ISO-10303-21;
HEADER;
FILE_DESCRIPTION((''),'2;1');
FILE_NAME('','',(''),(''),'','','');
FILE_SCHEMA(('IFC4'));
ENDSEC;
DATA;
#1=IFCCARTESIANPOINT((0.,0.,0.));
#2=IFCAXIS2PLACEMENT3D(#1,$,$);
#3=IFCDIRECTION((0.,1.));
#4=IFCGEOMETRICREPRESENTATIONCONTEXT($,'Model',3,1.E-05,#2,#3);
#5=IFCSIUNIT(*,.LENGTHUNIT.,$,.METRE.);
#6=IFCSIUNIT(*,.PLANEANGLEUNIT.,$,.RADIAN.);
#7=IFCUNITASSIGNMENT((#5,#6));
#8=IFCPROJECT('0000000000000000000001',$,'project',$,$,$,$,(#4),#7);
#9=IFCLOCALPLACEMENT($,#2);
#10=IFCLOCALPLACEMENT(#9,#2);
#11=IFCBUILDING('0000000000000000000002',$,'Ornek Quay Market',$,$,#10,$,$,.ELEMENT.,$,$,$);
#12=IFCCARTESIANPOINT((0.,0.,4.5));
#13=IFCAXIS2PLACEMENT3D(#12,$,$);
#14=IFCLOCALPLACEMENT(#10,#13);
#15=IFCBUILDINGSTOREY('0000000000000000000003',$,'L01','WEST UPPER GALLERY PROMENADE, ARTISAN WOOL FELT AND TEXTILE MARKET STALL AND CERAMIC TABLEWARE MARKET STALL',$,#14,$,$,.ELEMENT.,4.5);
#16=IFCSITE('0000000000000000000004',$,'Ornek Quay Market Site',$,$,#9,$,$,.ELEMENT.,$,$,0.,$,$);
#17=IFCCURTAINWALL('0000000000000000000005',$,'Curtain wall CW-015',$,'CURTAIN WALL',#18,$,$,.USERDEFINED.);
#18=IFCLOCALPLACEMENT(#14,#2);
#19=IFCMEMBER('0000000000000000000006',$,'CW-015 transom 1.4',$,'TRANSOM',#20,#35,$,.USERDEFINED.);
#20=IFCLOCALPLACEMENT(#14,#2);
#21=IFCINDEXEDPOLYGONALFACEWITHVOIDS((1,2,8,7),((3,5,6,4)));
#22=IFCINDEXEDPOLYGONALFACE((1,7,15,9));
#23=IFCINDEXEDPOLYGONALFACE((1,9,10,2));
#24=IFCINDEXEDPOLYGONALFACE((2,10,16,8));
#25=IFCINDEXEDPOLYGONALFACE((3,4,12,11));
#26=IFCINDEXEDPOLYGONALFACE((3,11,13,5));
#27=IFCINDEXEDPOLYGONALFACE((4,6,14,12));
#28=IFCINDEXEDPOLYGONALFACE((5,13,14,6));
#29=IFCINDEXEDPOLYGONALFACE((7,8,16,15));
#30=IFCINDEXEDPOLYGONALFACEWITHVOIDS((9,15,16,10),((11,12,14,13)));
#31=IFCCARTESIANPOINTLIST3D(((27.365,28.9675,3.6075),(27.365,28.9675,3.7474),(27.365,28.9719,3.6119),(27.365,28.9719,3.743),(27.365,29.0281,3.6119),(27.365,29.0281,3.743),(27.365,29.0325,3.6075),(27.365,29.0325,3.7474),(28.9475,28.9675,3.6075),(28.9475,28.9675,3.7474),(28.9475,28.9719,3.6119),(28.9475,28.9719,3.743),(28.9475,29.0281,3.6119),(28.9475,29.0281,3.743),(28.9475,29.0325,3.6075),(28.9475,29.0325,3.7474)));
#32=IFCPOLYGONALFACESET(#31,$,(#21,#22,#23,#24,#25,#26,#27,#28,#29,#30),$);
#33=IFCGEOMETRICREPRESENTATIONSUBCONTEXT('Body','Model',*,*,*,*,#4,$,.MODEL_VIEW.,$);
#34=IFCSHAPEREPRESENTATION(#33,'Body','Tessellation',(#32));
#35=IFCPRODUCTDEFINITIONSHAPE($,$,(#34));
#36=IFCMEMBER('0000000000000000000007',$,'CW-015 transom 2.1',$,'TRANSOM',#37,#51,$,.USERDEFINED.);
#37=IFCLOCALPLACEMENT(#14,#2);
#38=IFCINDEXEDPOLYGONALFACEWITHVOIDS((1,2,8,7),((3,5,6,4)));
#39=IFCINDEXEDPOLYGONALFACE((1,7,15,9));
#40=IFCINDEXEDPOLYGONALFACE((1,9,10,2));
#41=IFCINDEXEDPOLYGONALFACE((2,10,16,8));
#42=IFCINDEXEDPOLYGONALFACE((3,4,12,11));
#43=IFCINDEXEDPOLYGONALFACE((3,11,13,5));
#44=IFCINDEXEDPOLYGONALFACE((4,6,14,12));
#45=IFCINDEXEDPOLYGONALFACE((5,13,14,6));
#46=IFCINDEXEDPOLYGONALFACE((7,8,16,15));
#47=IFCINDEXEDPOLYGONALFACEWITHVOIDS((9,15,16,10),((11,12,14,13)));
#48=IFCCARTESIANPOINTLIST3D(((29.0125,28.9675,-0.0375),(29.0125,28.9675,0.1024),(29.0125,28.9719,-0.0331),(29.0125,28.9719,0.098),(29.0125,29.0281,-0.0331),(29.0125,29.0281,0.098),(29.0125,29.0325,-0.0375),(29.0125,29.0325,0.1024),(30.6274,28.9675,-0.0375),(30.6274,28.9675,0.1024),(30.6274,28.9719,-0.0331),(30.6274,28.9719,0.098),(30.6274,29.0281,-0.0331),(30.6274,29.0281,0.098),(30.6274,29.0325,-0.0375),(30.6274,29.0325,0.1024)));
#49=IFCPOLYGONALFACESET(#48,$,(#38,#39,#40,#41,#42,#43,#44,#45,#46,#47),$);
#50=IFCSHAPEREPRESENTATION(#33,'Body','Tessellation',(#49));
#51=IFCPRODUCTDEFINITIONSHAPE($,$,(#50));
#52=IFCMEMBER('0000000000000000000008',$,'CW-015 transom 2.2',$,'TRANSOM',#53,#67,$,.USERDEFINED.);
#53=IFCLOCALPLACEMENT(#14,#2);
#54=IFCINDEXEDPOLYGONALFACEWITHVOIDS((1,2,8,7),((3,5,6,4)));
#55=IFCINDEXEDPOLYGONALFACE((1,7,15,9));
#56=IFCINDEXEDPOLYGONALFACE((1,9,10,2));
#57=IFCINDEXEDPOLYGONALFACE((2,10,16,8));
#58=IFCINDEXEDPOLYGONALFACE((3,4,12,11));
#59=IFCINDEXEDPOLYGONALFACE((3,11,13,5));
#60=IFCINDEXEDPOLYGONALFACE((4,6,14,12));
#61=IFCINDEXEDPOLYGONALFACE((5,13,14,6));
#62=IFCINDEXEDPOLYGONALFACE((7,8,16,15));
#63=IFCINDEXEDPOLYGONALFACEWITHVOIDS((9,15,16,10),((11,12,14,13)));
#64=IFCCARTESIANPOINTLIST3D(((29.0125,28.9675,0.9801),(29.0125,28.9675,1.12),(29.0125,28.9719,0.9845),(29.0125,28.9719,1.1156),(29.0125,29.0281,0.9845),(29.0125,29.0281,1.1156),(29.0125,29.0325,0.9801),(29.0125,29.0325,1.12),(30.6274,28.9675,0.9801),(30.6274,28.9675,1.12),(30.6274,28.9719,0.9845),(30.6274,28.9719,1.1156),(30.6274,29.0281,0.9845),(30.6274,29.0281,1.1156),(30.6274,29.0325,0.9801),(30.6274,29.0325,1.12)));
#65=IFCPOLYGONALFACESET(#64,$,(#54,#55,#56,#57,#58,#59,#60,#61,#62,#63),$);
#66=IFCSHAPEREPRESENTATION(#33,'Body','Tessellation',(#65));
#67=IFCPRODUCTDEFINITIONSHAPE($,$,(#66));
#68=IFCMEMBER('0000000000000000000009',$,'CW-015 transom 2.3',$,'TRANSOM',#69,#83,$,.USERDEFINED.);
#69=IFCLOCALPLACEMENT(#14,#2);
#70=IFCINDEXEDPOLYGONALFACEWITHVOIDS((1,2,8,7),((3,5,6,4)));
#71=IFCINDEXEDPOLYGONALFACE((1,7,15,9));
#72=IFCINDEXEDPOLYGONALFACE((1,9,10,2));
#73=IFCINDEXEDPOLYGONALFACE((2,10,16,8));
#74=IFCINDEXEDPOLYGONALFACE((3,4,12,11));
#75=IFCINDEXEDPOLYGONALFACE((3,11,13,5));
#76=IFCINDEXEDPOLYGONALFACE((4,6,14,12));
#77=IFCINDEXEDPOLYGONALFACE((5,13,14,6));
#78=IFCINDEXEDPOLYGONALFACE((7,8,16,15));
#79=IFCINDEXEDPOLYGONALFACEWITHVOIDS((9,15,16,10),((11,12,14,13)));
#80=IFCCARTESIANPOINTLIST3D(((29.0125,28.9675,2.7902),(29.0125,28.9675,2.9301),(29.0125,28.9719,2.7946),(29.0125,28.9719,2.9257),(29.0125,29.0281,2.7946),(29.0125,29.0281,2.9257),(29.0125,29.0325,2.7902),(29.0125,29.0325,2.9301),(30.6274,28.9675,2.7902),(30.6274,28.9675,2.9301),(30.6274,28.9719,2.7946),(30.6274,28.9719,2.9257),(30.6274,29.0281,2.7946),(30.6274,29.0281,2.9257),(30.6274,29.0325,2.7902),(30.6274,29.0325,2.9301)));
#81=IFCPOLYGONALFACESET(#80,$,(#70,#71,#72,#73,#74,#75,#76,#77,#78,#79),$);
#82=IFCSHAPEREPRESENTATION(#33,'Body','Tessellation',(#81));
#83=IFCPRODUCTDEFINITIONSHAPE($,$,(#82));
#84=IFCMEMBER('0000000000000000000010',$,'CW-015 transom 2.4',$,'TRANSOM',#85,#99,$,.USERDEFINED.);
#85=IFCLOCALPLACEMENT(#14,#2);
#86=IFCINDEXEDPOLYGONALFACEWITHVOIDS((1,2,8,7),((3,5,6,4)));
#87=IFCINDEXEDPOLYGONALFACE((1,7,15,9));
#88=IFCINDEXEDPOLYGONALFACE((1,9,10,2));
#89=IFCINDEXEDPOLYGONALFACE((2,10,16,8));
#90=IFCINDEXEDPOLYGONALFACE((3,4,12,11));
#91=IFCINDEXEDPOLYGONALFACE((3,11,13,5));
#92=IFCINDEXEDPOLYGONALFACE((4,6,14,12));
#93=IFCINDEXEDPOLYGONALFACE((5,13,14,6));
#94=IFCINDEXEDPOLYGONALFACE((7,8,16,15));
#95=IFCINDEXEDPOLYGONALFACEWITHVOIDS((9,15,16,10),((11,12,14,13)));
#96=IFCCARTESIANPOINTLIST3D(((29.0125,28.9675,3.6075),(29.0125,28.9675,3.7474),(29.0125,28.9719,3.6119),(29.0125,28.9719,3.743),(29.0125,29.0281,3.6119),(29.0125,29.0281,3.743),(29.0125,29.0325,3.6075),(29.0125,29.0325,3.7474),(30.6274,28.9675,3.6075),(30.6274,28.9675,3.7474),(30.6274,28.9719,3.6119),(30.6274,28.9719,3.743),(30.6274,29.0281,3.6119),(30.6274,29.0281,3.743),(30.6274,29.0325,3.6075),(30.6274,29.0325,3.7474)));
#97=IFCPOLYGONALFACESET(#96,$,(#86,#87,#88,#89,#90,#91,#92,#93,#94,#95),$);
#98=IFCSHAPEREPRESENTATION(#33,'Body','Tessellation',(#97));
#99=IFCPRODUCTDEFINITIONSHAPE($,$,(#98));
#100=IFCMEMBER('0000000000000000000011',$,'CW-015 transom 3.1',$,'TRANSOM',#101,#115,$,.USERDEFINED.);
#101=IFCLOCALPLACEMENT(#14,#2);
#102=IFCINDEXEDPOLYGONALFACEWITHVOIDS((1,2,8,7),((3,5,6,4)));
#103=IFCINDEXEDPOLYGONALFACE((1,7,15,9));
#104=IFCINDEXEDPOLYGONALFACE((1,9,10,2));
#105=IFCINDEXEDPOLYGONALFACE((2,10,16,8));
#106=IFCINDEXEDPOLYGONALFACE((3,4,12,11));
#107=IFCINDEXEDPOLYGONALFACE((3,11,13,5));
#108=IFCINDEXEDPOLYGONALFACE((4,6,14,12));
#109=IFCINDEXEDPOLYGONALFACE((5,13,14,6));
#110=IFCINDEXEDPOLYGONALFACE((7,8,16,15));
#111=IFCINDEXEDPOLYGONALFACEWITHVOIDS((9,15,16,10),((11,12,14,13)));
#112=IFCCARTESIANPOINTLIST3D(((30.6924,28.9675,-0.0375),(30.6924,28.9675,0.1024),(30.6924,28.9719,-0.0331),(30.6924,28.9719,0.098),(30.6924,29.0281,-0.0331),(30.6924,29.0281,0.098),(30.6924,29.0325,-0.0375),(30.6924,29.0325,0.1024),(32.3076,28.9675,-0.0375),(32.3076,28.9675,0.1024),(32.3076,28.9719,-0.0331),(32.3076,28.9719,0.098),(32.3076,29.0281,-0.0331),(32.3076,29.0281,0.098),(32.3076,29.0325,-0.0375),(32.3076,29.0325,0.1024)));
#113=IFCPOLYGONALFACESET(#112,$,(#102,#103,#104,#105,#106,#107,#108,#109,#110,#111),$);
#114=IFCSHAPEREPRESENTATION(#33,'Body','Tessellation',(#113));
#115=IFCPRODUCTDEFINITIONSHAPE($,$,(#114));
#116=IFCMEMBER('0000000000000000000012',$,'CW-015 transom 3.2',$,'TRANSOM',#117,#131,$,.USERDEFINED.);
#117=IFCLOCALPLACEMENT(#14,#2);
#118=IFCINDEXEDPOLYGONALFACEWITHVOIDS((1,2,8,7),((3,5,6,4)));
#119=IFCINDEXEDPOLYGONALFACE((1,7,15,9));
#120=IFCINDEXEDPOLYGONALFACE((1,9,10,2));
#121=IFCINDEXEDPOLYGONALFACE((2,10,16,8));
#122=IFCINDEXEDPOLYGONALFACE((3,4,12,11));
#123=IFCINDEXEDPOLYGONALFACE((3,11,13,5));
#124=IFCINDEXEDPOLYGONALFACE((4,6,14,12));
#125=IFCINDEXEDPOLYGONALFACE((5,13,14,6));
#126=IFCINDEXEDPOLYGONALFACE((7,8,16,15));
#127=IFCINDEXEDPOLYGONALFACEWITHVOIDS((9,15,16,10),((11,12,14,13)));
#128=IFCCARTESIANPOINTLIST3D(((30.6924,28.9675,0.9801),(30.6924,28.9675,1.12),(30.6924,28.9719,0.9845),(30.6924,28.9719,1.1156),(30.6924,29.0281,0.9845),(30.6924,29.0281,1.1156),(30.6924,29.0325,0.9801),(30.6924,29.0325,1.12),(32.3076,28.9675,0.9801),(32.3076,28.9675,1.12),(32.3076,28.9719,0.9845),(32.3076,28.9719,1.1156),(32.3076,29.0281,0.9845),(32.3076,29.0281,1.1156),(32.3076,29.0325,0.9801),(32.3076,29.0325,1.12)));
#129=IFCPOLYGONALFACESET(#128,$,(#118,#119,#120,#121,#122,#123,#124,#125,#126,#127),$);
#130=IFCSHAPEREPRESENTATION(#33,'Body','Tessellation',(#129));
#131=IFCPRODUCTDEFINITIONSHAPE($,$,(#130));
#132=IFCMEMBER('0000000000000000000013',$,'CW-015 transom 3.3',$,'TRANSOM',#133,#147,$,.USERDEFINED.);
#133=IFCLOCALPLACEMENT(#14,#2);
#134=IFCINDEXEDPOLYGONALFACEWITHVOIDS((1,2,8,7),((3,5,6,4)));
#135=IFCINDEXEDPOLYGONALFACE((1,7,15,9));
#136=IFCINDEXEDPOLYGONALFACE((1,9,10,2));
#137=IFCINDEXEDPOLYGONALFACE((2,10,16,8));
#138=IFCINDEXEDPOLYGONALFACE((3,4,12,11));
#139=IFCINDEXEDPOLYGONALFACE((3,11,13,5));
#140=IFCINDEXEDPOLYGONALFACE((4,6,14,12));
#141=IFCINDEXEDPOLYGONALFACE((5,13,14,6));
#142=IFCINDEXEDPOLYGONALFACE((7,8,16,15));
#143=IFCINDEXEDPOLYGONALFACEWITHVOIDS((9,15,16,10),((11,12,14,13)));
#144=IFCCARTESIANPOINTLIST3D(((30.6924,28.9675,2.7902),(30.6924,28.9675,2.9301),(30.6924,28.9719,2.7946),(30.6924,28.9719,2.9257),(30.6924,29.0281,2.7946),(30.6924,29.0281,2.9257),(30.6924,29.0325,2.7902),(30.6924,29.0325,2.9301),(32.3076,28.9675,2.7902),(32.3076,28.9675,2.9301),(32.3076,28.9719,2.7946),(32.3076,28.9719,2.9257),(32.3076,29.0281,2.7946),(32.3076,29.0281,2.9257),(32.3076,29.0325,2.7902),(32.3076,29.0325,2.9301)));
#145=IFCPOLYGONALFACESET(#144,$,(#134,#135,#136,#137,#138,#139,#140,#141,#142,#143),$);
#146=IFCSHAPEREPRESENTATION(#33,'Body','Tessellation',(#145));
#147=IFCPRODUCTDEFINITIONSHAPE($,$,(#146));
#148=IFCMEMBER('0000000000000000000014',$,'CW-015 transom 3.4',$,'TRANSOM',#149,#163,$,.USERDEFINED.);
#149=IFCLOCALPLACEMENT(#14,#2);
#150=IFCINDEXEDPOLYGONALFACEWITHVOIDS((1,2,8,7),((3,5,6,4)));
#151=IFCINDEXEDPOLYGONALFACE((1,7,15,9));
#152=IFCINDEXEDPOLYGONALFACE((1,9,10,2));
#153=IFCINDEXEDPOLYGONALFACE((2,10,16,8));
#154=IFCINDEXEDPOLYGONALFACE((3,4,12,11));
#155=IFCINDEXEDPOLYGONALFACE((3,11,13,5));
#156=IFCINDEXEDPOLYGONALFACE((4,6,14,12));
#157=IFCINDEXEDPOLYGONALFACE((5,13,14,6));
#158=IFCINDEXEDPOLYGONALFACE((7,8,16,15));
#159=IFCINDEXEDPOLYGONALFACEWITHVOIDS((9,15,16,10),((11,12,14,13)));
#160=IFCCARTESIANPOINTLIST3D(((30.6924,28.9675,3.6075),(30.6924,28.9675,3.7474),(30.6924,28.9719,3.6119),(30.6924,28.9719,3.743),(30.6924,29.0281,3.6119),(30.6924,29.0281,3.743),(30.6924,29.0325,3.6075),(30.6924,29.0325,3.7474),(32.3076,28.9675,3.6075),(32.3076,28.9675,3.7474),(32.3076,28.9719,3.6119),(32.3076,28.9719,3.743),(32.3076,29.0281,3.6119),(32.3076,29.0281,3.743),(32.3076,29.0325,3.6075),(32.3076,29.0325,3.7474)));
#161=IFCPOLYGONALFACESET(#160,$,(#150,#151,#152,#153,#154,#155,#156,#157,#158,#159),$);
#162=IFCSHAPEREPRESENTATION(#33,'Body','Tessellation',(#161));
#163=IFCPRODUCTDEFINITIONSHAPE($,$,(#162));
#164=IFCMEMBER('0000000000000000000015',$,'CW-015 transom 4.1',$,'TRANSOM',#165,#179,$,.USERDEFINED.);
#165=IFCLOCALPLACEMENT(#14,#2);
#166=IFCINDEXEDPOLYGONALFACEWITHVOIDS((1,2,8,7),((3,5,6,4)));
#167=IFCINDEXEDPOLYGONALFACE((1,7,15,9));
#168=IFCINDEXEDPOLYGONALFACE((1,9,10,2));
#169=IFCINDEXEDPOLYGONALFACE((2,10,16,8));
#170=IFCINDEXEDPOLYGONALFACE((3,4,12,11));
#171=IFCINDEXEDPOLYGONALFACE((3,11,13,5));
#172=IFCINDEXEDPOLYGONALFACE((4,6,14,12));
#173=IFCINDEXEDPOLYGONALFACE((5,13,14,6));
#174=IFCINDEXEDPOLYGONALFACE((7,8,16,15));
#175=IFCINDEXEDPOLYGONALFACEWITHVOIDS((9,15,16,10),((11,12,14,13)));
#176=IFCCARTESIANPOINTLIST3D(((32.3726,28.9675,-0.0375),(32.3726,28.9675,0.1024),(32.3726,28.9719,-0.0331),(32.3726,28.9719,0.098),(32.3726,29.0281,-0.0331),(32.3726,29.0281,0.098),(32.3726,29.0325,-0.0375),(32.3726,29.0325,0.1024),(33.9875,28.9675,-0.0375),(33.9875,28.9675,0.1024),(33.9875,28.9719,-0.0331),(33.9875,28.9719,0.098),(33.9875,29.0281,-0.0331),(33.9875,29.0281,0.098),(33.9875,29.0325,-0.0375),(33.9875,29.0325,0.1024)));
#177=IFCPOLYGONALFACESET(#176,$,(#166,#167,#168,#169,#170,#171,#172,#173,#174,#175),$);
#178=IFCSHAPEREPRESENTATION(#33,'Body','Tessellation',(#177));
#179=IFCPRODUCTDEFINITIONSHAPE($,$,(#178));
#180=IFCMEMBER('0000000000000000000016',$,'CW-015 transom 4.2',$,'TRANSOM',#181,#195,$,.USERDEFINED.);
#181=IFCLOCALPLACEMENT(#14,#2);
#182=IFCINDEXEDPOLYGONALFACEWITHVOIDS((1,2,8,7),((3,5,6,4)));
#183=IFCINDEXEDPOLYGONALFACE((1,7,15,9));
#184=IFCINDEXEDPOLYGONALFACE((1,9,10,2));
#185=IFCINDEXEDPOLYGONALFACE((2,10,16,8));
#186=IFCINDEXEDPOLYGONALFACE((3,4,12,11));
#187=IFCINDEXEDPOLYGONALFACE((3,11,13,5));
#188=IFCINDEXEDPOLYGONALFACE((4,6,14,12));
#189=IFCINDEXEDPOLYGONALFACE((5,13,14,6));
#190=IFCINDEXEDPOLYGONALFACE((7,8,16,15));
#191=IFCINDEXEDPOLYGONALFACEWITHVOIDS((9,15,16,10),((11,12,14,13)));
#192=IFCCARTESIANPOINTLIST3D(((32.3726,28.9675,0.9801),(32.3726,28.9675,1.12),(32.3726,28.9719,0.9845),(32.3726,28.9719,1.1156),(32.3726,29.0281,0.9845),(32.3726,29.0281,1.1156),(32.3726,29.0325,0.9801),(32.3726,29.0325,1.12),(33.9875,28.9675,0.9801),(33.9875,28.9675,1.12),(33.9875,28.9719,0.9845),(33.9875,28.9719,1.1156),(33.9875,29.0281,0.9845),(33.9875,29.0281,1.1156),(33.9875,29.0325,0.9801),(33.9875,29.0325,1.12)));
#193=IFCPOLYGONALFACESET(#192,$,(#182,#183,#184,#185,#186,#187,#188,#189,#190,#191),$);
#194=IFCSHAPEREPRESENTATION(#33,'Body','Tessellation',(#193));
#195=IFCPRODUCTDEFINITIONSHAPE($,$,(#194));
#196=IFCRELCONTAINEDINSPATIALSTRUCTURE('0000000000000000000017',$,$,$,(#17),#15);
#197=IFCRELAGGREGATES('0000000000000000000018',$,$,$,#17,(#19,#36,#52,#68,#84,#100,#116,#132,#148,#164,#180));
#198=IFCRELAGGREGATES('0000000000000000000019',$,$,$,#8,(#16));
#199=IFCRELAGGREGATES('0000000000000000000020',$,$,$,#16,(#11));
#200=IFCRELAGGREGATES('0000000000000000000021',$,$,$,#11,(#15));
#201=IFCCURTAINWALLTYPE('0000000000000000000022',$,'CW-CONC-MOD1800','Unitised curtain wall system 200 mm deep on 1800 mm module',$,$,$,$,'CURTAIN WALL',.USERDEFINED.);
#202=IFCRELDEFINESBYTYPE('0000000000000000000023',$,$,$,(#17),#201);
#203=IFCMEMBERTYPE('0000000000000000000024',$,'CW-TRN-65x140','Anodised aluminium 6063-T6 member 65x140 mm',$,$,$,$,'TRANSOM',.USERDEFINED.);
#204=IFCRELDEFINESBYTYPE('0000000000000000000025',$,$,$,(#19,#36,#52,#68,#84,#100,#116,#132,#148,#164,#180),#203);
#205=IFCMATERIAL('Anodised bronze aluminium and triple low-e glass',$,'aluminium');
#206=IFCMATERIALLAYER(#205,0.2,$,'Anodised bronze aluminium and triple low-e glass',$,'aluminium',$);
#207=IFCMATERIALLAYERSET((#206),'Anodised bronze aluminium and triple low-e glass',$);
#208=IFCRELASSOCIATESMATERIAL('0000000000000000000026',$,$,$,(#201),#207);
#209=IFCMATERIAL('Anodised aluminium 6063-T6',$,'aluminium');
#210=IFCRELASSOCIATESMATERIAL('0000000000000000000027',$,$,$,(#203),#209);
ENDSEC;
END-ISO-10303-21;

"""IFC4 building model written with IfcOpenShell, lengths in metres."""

from ifc_helpers import new_model, si_unit, direction, frame, origin, origin_2d, place, context, subcontext, project, spatial, hollow_rectangle, extrude, material, layer, layer_set, material_profile, profile_set, type_object, element, aggregate, save


model = new_model("IFC4")

# Units and contexts
model_context = context("Model", 3, precision=1e-05, world=origin(), true_north=direction((0.0, 1.0)))
body_context = subcontext(model_context, "Body", "Model", "MODEL_VIEW")
ifc_project = project(units=[si_unit("LENGTHUNIT", "METRE"), si_unit("PLANEANGLEUNIT", "RADIAN")], contexts=[model_context])

# Site, building, storey
site_placement = place(None, origin())
site = spatial("IfcSite", under=ifc_project, at=site_placement, Name="Ornek Quay Market Site", CompositionType="ELEMENT", RefElevation=0.0)
building_placement = place(site_placement, origin())
building = spatial("IfcBuilding", under=site, at=building_placement, Name="Ornek Quay Market", CompositionType="ELEMENT")
storey_placement = place(building_placement, frame((0.0, 0.0, 4.5)))
storey = spatial("IfcBuildingStorey", under=building, at=storey_placement, Name="L01", Description="WEST UPPER GALLERY PROMENADE, ARTISAN WOOL FELT AND TEXTILE MARKET STALL AND CERAMIC TABLEWARE MARKET STALL", CompositionType="ELEMENT", Elevation=4.5)

# Curtain wall
ifc_material_1 = material(Name="Anodised bronze aluminium and triple low-e glass", Category="aluminium")
ifc_layer_1 = layer(ifc_material_1, 0.2, Name="Anodised bronze aluminium and triple low-e glass", Category="aluminium")
ifc_layer_set_1 = layer_set([ifc_layer_1], Name="Anodised bronze aluminium and triple low-e glass")
curtain_wall_type_1 = type_object("IfcCurtainWallType", Name="CW-CONC-MOD1800", Description="Unitised curtain wall system 200 mm deep on 1800 mm module", ElementType="CURTAIN WALL", PredefinedType="USERDEFINED", material=ifc_layer_set_1)
curtain_wall_1_placement = place(storey_placement, origin())
curtain_wall_1 = element("IfcCurtainWall", 1, at=curtain_wall_1_placement, inside=storey, type_object=curtain_wall_type_1, Name="Curtain wall CW-015", ObjectType="CURTAIN WALL", PredefinedType="USERDEFINED")
ifc_material_2 = material(Name="Anodised aluminium 6063-T6", Category="aluminium")

# Members
ifc_material_profile_1 = material_profile(ifc_material_2, hollow_rectangle(XDim=0.0649, YDim=0.1399, WallThickness=0.0044, at=origin_2d()), Name="CW-TRN-65x140", Category="aluminium")
ifc_profile_set_1 = profile_set([ifc_material_profile_1], Name="Anodised aluminium 6063-T6")
member_type_1 = type_object("IfcMemberType", Name="CW-TRN-65x140", Description="Anodised aluminium 6063-T6 member 65x140 mm", ElementType="TRANSOM", PredefinedType="USERDEFINED", material=ifc_profile_set_1)
member_1_placement = place(storey_placement, frame((27.365, 29.0, 3.6775), z_axis=(1.0, 0.0, 0.0), x_axis=(0.0, 1.0, 0.0)))
member_1 = element("IfcMember", 2, at=member_1_placement, type_object=member_type_1, Name="CW-015 transom 1.4", ObjectType="TRANSOM", PredefinedType="USERDEFINED", context=body_context, shape_type="SweptSolid", body=[
    extrude(hollow_rectangle(XDim=0.0649, YDim=0.1399, WallThickness=0.0044, at=origin_2d()), origin(), (0.0, 0.0, 1.0), 1.5825),
])
member_2_placement = place(storey_placement, frame((29.0125, 29.0, 0.0325), z_axis=(1.0, 0.0, 0.0), x_axis=(0.0, 1.0, 0.0)))
member_2 = element("IfcMember", 3, at=member_2_placement, type_object=member_type_1, Name="CW-015 transom 2.1", ObjectType="TRANSOM", PredefinedType="USERDEFINED", context=body_context, shape_type="SweptSolid", body=[
    extrude(hollow_rectangle(XDim=0.0649, YDim=0.1399, WallThickness=0.0044, at=origin_2d()), origin(), (0.0, 0.0, 1.0), 1.615),
])
member_3_placement = place(storey_placement, frame((29.0125, 29.0, 1.05), z_axis=(1.0, 0.0, 0.0), x_axis=(0.0, 1.0, 0.0)))
member_3 = element("IfcMember", 4, at=member_3_placement, type_object=member_type_1, Name="CW-015 transom 2.2", ObjectType="TRANSOM", PredefinedType="USERDEFINED", context=body_context, shape_type="SweptSolid", body=[
    extrude(hollow_rectangle(XDim=0.0649, YDim=0.1399, WallThickness=0.0044, at=origin_2d()), origin(), (0.0, 0.0, 1.0), 1.615),
])
member_4_placement = place(storey_placement, frame((29.0125, 29.0, 2.8601), z_axis=(1.0, 0.0, 0.0), x_axis=(0.0, 1.0, 0.0)))
member_4 = element("IfcMember", 5, at=member_4_placement, type_object=member_type_1, Name="CW-015 transom 2.3", ObjectType="TRANSOM", PredefinedType="USERDEFINED", context=body_context, shape_type="SweptSolid", body=[
    extrude(hollow_rectangle(XDim=0.0649, YDim=0.1399, WallThickness=0.0044, at=origin_2d()), origin(), (0.0, 0.0, 1.0), 1.615),
])
member_5_placement = place(storey_placement, frame((29.0125, 29.0, 3.6775), z_axis=(1.0, 0.0, 0.0), x_axis=(0.0, 1.0, 0.0)))
member_5 = element("IfcMember", 6, at=member_5_placement, type_object=member_type_1, Name="CW-015 transom 2.4", ObjectType="TRANSOM", PredefinedType="USERDEFINED", context=body_context, shape_type="SweptSolid", body=[
    extrude(hollow_rectangle(XDim=0.0649, YDim=0.1399, WallThickness=0.0044, at=origin_2d()), origin(), (0.0, 0.0, 1.0), 1.615),
])
member_6_placement = place(storey_placement, frame((30.6924, 29.0, 0.0325), z_axis=(1.0, 0.0, 0.0), x_axis=(0.0, 1.0, 0.0)))
member_6 = element("IfcMember", 7, at=member_6_placement, type_object=member_type_1, Name="CW-015 transom 3.1", ObjectType="TRANSOM", PredefinedType="USERDEFINED", context=body_context, shape_type="SweptSolid", body=[
    extrude(hollow_rectangle(XDim=0.0649, YDim=0.1399, WallThickness=0.0044, at=origin_2d()), origin(), (0.0, 0.0, 1.0), 1.6152),
])
member_7_placement = place(storey_placement, frame((30.6924, 29.0, 1.05), z_axis=(1.0, 0.0, 0.0), x_axis=(0.0, 1.0, 0.0)))
member_7 = element("IfcMember", 8, at=member_7_placement, type_object=member_type_1, Name="CW-015 transom 3.2", ObjectType="TRANSOM", PredefinedType="USERDEFINED", context=body_context, shape_type="SweptSolid", body=[
    extrude(hollow_rectangle(XDim=0.0649, YDim=0.1399, WallThickness=0.0044, at=origin_2d()), origin(), (0.0, 0.0, 1.0), 1.6152),
])
member_8_placement = place(storey_placement, frame((30.6924, 29.0, 2.8601), z_axis=(1.0, 0.0, 0.0), x_axis=(0.0, 1.0, 0.0)))
member_8 = element("IfcMember", 9, at=member_8_placement, type_object=member_type_1, Name="CW-015 transom 3.3", ObjectType="TRANSOM", PredefinedType="USERDEFINED", context=body_context, shape_type="SweptSolid", body=[
    extrude(hollow_rectangle(XDim=0.0649, YDim=0.1399, WallThickness=0.0044, at=origin_2d()), origin(), (0.0, 0.0, 1.0), 1.6152),
])
member_9_placement = place(storey_placement, frame((30.6924, 29.0, 3.6775), z_axis=(1.0, 0.0, 0.0), x_axis=(0.0, 1.0, 0.0)))
member_9 = element("IfcMember", 10, at=member_9_placement, type_object=member_type_1, Name="CW-015 transom 3.4", ObjectType="TRANSOM", PredefinedType="USERDEFINED", context=body_context, shape_type="SweptSolid", body=[
    extrude(hollow_rectangle(XDim=0.0649, YDim=0.1399, WallThickness=0.0044, at=origin_2d()), origin(), (0.0, 0.0, 1.0), 1.6152),
])
member_10_placement = place(storey_placement, frame((32.3726, 29.0, 0.0325), z_axis=(1.0, 0.0, 0.0), x_axis=(0.0, 1.0, 0.0)))
member_10 = element("IfcMember", 11, at=member_10_placement, type_object=member_type_1, Name="CW-015 transom 4.1", ObjectType="TRANSOM", PredefinedType="USERDEFINED", context=body_context, shape_type="SweptSolid", body=[
    extrude(hollow_rectangle(XDim=0.0649, YDim=0.1399, WallThickness=0.0044, at=origin_2d()), origin(), (0.0, 0.0, 1.0), 1.615),
])
member_11_placement = place(storey_placement, frame((32.3726, 29.0, 1.05), z_axis=(1.0, 0.0, 0.0), x_axis=(0.0, 1.0, 0.0)))
member_11 = element("IfcMember", 12, at=member_11_placement, type_object=member_type_1, Name="CW-015 transom 4.2", ObjectType="TRANSOM", PredefinedType="USERDEFINED", context=body_context, shape_type="SweptSolid", body=[
    extrude(hollow_rectangle(XDim=0.0649, YDim=0.1399, WallThickness=0.0044, at=origin_2d()), origin(), (0.0, 0.0, 1.0), 1.615),
])

aggregate(curtain_wall_1, [member_1, member_2, member_3, member_4, member_5, member_6, member_7, member_8, member_9, member_10, member_11])

save(model, "model.ifc")
